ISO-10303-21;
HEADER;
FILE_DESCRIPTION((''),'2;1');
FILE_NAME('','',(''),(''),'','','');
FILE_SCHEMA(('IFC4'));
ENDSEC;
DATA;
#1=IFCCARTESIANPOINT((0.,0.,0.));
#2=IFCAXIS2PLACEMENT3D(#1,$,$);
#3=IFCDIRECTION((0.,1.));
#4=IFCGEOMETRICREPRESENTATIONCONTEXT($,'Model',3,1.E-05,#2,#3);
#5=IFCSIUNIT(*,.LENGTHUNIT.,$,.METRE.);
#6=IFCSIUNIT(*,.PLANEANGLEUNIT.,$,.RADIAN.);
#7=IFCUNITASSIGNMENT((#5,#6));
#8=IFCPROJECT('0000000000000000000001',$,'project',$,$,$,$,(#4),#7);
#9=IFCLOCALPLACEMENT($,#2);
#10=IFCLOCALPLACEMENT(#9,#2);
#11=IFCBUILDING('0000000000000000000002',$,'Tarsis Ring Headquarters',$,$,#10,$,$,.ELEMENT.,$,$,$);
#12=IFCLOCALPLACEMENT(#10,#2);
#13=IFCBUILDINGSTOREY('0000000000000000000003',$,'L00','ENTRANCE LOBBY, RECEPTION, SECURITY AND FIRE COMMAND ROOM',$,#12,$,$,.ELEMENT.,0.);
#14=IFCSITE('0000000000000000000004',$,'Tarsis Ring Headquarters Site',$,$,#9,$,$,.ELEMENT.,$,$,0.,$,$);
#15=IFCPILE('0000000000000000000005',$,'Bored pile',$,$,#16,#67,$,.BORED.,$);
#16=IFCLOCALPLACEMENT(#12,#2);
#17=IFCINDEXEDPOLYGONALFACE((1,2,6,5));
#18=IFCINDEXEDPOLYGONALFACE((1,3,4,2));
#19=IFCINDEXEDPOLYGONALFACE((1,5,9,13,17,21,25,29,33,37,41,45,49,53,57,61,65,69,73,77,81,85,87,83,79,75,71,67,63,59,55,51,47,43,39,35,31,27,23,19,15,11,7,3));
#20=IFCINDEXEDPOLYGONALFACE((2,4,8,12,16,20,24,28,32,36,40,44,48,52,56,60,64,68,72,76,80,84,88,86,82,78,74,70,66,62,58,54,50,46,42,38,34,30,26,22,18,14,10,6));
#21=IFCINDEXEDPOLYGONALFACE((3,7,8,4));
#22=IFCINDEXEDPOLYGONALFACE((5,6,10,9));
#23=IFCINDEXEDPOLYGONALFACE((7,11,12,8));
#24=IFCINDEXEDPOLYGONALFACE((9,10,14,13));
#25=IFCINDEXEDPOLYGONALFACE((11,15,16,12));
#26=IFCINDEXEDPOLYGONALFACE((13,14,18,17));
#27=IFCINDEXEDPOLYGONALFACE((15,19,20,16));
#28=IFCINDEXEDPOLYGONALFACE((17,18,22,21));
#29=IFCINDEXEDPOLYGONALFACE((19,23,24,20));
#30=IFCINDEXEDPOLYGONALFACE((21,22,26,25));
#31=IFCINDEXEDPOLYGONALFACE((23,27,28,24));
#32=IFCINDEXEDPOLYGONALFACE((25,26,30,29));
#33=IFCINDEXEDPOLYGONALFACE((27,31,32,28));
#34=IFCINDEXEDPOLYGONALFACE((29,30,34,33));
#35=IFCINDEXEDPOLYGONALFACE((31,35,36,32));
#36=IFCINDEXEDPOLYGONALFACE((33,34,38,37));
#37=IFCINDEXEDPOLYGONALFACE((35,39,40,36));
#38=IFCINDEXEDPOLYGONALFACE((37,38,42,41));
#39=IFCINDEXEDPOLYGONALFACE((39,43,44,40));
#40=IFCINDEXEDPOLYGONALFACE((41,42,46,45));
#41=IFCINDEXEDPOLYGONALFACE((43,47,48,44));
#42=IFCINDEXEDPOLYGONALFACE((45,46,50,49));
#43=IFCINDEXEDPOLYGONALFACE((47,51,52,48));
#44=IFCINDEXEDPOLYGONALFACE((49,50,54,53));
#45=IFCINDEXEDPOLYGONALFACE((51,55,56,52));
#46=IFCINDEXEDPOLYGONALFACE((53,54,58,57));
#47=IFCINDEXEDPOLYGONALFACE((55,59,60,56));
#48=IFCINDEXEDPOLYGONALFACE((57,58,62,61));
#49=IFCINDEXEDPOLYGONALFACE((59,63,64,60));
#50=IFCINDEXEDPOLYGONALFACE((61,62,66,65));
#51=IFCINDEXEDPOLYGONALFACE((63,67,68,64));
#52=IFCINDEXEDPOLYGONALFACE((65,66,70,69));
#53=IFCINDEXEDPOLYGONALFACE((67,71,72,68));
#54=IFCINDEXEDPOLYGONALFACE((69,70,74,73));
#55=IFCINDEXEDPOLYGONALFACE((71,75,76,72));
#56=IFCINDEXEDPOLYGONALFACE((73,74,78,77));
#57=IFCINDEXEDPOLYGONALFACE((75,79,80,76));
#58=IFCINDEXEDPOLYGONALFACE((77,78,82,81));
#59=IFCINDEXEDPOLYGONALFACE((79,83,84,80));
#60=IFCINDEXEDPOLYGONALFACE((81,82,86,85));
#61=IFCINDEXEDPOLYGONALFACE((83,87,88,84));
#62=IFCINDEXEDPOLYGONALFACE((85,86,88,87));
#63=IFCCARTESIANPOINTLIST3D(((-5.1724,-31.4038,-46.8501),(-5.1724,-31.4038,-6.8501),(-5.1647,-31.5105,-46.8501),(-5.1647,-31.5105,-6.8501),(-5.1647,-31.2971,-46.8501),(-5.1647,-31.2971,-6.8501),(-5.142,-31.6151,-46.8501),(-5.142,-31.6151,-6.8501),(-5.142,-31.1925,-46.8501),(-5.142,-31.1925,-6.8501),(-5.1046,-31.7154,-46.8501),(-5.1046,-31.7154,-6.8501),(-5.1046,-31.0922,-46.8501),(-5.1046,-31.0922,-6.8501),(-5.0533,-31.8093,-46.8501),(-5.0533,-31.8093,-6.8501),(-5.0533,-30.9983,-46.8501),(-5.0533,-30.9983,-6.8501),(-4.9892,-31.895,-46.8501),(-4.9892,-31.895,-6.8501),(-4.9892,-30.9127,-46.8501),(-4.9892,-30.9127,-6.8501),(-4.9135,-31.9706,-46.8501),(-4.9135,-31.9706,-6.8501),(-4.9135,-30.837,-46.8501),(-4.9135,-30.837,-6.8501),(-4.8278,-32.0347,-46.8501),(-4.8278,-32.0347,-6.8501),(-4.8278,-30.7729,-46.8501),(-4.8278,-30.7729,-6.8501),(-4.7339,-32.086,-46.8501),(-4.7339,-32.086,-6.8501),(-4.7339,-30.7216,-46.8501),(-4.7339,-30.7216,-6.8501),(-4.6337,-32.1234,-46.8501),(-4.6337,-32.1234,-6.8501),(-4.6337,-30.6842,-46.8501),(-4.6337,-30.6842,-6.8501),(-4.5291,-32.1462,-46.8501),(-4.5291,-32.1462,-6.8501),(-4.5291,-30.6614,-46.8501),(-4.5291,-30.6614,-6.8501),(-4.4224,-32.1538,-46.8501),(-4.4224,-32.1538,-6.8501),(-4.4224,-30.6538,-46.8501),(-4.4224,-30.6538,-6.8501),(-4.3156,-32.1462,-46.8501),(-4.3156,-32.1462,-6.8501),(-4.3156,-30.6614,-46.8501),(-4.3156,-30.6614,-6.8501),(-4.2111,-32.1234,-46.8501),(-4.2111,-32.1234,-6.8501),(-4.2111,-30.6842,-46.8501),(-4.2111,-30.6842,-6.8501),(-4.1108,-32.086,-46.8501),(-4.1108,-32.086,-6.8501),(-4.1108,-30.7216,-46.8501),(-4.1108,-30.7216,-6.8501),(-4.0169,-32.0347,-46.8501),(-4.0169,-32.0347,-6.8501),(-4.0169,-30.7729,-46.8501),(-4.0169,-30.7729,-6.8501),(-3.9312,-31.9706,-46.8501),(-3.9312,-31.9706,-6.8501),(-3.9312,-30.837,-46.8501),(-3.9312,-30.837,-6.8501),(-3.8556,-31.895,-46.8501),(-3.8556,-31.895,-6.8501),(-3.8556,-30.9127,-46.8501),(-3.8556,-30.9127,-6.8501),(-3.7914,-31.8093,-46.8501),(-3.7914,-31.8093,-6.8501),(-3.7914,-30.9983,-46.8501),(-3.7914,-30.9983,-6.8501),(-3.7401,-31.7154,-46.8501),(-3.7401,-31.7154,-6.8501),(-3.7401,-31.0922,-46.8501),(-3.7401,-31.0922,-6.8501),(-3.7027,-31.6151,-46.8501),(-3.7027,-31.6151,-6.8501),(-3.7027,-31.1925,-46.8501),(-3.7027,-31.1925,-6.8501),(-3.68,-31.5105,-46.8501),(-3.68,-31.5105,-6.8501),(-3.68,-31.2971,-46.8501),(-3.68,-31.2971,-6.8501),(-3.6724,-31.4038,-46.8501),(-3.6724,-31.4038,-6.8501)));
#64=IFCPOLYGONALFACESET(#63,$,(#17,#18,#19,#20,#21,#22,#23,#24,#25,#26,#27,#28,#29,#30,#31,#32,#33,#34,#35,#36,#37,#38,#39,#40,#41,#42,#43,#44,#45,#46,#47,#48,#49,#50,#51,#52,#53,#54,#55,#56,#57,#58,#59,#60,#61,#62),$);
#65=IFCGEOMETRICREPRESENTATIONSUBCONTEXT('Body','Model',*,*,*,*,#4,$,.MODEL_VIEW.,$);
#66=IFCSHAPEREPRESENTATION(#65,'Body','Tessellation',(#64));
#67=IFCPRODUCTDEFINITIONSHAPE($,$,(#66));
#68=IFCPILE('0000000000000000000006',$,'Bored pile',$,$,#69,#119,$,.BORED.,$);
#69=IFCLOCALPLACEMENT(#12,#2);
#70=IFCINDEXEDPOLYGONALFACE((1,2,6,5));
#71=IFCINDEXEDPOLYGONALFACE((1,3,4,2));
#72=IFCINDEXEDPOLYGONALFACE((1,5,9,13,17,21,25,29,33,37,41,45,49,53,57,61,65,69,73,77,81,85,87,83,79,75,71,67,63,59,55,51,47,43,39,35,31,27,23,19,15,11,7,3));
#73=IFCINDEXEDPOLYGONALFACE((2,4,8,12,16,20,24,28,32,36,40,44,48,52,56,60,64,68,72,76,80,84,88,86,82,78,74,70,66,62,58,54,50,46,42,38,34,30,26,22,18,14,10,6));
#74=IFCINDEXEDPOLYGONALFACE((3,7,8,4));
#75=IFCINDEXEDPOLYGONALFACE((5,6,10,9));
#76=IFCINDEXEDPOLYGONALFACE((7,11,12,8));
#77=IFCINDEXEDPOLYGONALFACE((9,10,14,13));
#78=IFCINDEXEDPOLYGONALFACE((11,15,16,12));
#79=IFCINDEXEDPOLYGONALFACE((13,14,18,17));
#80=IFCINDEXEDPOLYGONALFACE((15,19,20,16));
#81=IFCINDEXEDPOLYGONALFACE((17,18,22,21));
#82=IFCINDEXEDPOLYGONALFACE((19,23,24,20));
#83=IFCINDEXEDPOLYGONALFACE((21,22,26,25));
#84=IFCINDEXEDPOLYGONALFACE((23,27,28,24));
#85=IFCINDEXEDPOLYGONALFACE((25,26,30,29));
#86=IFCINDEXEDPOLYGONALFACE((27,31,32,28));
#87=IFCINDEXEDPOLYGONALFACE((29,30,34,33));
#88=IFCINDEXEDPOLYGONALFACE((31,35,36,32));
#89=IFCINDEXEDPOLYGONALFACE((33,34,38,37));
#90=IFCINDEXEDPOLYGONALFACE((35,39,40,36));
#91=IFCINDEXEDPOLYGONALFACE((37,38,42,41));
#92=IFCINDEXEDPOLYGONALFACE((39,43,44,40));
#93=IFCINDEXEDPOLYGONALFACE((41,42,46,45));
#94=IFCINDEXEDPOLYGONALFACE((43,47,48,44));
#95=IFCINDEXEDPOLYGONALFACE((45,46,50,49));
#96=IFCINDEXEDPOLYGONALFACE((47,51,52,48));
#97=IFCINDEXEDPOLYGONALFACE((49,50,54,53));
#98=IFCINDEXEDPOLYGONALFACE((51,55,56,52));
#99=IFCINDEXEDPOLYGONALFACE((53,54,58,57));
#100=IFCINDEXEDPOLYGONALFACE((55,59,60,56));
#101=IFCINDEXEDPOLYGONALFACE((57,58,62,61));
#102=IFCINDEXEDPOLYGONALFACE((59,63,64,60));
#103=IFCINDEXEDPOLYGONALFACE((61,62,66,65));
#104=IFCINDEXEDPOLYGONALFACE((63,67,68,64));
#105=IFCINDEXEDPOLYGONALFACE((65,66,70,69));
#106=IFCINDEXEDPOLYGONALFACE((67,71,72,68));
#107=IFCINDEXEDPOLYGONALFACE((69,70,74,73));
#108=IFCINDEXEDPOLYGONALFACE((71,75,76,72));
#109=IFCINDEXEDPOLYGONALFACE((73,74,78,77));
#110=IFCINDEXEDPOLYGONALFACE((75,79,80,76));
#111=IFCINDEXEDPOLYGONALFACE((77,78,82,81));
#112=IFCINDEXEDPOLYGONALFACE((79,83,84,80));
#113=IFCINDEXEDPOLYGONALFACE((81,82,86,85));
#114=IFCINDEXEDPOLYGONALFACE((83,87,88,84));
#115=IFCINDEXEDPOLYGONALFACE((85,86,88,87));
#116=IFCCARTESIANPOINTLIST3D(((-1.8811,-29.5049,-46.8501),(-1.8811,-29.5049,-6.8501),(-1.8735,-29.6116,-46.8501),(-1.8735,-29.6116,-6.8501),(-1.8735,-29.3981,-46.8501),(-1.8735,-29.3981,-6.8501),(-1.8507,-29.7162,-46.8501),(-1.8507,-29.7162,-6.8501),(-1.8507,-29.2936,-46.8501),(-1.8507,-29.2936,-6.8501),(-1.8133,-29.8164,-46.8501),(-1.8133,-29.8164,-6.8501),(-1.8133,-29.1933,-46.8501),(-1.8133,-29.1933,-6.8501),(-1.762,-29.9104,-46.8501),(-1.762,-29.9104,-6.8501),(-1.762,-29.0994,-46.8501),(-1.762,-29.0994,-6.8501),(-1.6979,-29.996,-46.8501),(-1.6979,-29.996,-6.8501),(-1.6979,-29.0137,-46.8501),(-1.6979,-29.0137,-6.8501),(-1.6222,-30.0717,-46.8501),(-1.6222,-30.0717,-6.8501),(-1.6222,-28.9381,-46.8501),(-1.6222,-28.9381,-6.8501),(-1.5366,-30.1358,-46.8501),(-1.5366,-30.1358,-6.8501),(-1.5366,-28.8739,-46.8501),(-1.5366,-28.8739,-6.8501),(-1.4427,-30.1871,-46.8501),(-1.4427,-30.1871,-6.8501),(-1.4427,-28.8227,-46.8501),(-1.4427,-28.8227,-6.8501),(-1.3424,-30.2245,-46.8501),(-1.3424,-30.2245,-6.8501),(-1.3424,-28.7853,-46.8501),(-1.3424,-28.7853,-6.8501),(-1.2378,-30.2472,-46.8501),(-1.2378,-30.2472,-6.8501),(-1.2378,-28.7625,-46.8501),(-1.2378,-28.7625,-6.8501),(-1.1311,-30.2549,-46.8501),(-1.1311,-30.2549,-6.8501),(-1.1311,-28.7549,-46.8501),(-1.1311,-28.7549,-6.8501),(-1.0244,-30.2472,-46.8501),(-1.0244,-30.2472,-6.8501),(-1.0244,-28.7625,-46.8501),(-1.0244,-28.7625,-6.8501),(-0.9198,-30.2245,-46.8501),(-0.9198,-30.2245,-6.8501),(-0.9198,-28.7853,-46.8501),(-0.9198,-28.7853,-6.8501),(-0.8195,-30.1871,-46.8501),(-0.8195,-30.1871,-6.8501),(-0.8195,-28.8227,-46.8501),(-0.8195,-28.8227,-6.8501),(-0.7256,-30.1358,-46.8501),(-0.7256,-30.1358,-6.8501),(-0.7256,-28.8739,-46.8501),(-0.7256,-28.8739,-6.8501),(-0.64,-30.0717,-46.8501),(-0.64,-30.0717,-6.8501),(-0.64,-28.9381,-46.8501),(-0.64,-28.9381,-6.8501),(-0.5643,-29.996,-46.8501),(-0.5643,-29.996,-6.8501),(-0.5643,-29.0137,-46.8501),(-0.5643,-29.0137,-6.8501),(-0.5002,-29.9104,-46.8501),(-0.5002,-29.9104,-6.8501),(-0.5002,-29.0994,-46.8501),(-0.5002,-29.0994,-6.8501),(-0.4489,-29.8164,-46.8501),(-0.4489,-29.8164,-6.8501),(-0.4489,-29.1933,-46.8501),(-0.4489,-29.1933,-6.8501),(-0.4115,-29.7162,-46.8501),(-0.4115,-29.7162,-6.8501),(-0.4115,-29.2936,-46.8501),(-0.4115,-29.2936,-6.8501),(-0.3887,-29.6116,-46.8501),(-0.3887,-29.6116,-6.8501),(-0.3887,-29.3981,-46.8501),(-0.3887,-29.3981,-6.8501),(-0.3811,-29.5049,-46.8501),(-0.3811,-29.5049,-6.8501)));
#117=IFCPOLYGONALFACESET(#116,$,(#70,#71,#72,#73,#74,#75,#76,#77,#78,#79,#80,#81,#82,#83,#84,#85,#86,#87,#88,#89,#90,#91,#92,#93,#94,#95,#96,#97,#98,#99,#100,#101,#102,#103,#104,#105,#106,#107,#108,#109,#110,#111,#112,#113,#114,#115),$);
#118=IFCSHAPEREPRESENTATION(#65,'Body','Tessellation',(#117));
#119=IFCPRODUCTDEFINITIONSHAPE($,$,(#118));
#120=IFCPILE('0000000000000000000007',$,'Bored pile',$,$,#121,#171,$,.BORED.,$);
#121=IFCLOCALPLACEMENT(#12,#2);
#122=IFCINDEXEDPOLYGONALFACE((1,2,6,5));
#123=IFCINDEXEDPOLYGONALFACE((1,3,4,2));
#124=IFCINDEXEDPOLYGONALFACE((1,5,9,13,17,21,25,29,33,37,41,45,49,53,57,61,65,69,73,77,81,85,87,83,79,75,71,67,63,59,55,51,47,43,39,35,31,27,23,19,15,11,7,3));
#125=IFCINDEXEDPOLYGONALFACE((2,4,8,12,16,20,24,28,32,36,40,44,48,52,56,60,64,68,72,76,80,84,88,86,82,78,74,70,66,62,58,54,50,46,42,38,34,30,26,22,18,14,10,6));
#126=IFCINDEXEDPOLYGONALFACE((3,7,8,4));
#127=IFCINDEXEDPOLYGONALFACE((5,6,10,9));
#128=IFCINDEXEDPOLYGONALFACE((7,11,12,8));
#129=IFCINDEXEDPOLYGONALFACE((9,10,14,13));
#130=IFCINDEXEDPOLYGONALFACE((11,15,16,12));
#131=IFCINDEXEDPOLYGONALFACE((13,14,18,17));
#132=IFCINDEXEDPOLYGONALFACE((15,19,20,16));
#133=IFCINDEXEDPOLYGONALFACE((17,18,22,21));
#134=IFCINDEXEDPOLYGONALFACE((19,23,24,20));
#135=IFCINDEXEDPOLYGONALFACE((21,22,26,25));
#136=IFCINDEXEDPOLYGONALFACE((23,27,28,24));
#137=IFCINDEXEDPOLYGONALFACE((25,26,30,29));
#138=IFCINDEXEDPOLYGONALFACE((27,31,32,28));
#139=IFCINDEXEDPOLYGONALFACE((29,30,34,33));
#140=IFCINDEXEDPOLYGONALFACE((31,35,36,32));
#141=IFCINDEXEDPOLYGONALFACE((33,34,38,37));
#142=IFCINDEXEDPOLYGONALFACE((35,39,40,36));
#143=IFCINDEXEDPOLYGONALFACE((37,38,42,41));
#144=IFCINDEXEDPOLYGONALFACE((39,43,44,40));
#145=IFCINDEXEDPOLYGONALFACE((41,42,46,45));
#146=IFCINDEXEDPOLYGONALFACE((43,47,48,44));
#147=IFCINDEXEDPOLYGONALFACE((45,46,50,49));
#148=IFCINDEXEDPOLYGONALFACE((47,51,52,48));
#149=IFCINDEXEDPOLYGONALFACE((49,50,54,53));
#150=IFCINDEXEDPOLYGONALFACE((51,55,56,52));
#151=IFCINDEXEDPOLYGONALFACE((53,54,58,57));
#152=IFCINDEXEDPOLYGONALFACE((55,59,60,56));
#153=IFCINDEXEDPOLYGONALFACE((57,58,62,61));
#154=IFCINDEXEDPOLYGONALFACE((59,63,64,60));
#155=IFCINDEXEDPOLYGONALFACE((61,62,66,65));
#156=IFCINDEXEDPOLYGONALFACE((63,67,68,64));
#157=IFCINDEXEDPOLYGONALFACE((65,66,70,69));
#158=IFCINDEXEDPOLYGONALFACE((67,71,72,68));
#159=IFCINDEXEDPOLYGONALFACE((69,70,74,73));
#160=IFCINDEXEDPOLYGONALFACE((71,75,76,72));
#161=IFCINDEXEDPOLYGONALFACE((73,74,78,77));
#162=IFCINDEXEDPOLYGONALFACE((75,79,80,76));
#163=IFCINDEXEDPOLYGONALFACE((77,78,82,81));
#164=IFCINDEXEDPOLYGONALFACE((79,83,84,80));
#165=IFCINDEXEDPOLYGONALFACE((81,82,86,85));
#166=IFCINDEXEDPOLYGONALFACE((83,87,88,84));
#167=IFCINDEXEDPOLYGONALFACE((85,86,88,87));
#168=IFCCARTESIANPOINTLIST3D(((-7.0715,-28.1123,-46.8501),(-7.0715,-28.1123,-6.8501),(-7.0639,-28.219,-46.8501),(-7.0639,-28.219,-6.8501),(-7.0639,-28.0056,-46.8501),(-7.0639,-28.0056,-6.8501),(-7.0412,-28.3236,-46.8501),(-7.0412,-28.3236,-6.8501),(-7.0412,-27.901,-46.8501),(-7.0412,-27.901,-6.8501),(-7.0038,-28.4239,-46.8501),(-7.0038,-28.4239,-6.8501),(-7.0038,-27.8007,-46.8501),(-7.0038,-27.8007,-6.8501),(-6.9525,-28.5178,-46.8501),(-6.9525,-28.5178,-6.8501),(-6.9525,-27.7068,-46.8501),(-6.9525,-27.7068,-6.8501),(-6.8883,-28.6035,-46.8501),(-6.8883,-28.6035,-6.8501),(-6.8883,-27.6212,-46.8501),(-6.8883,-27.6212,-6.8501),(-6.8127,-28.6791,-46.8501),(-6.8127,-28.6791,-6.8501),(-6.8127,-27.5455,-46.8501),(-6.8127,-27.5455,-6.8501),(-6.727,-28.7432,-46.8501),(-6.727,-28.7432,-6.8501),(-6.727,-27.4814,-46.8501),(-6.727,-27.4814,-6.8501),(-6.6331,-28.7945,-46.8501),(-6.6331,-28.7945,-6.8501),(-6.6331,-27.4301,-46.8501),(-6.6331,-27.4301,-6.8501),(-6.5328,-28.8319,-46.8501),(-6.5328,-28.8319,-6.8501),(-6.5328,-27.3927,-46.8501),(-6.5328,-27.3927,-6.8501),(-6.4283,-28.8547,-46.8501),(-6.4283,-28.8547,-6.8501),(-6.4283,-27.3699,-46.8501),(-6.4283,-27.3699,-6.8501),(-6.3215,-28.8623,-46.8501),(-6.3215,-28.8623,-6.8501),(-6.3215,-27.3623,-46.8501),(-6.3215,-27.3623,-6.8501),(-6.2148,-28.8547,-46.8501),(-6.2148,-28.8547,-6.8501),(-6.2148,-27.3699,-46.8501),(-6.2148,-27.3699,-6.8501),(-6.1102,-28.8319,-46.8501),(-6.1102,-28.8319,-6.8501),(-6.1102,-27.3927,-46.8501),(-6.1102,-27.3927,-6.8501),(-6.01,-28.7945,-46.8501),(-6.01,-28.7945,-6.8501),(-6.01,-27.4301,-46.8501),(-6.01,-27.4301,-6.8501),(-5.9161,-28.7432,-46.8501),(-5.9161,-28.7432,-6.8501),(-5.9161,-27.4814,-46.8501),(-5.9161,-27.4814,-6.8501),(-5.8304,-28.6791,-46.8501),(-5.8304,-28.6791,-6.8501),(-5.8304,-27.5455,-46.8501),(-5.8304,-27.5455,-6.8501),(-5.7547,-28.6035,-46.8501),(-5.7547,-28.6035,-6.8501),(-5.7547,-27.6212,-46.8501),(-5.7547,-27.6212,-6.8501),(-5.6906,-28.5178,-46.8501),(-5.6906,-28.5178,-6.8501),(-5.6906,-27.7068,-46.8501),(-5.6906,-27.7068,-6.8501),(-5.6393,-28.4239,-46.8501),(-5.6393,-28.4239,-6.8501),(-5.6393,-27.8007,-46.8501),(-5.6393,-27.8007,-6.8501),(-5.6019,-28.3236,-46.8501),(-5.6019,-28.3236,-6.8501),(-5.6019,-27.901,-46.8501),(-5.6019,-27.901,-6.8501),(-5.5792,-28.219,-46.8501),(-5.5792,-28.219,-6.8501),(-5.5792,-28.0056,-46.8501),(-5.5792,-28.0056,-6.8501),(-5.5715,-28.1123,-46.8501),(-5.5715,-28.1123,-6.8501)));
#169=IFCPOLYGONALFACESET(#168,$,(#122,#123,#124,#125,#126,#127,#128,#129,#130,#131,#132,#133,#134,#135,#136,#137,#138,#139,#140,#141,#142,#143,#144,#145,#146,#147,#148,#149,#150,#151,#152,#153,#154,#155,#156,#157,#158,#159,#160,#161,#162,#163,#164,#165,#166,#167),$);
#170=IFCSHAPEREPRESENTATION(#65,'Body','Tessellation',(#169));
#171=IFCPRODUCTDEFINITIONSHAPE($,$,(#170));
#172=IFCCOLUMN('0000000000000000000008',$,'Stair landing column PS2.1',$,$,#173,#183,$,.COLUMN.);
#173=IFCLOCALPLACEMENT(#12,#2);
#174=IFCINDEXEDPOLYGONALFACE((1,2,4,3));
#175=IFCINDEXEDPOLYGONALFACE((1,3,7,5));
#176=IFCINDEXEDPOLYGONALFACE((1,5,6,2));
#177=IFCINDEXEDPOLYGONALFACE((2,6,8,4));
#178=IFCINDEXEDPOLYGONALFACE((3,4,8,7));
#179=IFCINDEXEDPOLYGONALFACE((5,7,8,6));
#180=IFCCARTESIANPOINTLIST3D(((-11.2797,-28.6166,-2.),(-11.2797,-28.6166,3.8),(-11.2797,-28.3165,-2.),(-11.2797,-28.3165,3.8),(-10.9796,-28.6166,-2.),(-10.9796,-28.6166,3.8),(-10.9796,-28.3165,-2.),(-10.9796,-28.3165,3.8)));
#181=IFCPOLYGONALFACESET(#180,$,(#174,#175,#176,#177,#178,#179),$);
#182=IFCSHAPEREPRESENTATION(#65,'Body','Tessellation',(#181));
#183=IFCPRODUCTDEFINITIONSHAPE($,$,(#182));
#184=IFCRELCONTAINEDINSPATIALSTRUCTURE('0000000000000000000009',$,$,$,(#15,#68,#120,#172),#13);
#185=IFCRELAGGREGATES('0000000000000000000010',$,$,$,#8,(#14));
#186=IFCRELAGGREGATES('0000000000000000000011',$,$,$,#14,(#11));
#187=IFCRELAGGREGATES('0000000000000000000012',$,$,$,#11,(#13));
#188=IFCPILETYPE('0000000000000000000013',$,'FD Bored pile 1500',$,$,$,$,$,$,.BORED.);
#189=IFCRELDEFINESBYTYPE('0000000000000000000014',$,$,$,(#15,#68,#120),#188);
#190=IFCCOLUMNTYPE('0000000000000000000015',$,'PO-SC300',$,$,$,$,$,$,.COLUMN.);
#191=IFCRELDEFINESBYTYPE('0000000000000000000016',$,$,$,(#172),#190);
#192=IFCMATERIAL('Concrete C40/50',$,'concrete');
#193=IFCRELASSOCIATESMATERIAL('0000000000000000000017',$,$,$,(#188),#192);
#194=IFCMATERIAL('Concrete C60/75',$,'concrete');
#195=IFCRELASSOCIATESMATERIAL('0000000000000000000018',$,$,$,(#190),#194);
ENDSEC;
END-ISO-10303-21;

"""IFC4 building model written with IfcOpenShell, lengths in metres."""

from ifc_helpers import new_model, si_unit, direction, frame, origin, origin_2d, place, context, subcontext, project, spatial, rectangle, circle, extrude, material, material_profile, profile_set, type_object, element, save


model = new_model("IFC4")

# Units and contexts
model_context = context("Model", 3, precision=1e-05, world=origin(), true_north=direction((0.0, 1.0)))
body_context = subcontext(model_context, "Body", "Model", "MODEL_VIEW")
ifc_project = project(units=[si_unit("LENGTHUNIT", "METRE"), si_unit("PLANEANGLEUNIT", "RADIAN")], contexts=[model_context])

# Site, building, storey
site_placement = place(None, origin())
site = spatial("IfcSite", under=ifc_project, at=site_placement, Name="Tarsis Ring Headquarters Site", CompositionType="ELEMENT", RefElevation=0.0)
building_placement = place(site_placement, origin())
building = spatial("IfcBuilding", under=site, at=building_placement, Name="Tarsis Ring Headquarters", CompositionType="ELEMENT")
storey_placement = place(building_placement, origin())
storey = spatial("IfcBuildingStorey", under=building, at=storey_placement, Name="L00", Description="ENTRANCE LOBBY, RECEPTION, SECURITY AND FIRE COMMAND ROOM", CompositionType="ELEMENT", Elevation=0.0)

# Piles
ifc_material_1 = material(Name="Concrete C40/50", Category="concrete")
ifc_material_profile_1 = material_profile(ifc_material_1, circle(Radius=0.75, at=origin_2d()), Name="BORED 1500")
ifc_profile_set_1 = profile_set([ifc_material_profile_1], Name="Concrete C40/50")
pile_type = type_object("IfcPileType", Name="FD Bored pile 1500", PredefinedType="BORED", material=ifc_profile_set_1)
for number, where, z_axis, x_axis, name in (
    (1, (-4.4224, -31.4038, -6.8501), (0.0, 0.0, -1.0), (1.0, 0.0, 0.0), "Bored pile"),
    (2, (-1.1311, -29.5049, -6.8501), (0.0, 0.0, -1.0), (1.0, 0.0, 0.0), "Bored pile"),
    (3, (-6.3215, -28.1123, -6.8501), (0.0, 0.0, -1.0), (1.0, 0.0, 0.0), "Bored pile"),
):
    element("IfcPile", number, at=place(storey_placement, frame(where, z_axis=z_axis, x_axis=x_axis)), inside=storey, type_object=pile_type, Name=name, PredefinedType="BORED", context=body_context, shape_type="SweptSolid", body=[
        extrude(circle(Radius=0.75, at=origin_2d()), origin(), (0.0, 0.0, 1.0), 40.0),
    ])

# Column
ifc_material_2 = material(Name="Concrete C60/75", Category="concrete")
ifc_material_profile_2 = material_profile(ifc_material_2, rectangle(XDim=0.3, YDim=0.3, at=origin_2d()), Name="PO-SC300")
ifc_profile_set_2 = profile_set([ifc_material_profile_2], Name="Concrete C60/75")
column_type_1 = type_object("IfcColumnType", Name="PO-SC300", PredefinedType="COLUMN", material=ifc_profile_set_2)
column_1_placement = place(storey_placement, frame((-11.1296, -28.4666, -2.0), z_axis=(0.0, 0.0, 1.0), x_axis=(1.0, 0.0, 0.0)))
element("IfcColumn", 4, at=column_1_placement, inside=storey, type_object=column_type_1, Name="Stair landing column PS2.1", PredefinedType="COLUMN", context=body_context, shape_type="SweptSolid", body=[
    extrude(rectangle(XDim=0.3, YDim=0.3, at=origin_2d()), origin(), (0.0, 0.0, 1.0), 5.8),
])

save(model, "model.ifc")
